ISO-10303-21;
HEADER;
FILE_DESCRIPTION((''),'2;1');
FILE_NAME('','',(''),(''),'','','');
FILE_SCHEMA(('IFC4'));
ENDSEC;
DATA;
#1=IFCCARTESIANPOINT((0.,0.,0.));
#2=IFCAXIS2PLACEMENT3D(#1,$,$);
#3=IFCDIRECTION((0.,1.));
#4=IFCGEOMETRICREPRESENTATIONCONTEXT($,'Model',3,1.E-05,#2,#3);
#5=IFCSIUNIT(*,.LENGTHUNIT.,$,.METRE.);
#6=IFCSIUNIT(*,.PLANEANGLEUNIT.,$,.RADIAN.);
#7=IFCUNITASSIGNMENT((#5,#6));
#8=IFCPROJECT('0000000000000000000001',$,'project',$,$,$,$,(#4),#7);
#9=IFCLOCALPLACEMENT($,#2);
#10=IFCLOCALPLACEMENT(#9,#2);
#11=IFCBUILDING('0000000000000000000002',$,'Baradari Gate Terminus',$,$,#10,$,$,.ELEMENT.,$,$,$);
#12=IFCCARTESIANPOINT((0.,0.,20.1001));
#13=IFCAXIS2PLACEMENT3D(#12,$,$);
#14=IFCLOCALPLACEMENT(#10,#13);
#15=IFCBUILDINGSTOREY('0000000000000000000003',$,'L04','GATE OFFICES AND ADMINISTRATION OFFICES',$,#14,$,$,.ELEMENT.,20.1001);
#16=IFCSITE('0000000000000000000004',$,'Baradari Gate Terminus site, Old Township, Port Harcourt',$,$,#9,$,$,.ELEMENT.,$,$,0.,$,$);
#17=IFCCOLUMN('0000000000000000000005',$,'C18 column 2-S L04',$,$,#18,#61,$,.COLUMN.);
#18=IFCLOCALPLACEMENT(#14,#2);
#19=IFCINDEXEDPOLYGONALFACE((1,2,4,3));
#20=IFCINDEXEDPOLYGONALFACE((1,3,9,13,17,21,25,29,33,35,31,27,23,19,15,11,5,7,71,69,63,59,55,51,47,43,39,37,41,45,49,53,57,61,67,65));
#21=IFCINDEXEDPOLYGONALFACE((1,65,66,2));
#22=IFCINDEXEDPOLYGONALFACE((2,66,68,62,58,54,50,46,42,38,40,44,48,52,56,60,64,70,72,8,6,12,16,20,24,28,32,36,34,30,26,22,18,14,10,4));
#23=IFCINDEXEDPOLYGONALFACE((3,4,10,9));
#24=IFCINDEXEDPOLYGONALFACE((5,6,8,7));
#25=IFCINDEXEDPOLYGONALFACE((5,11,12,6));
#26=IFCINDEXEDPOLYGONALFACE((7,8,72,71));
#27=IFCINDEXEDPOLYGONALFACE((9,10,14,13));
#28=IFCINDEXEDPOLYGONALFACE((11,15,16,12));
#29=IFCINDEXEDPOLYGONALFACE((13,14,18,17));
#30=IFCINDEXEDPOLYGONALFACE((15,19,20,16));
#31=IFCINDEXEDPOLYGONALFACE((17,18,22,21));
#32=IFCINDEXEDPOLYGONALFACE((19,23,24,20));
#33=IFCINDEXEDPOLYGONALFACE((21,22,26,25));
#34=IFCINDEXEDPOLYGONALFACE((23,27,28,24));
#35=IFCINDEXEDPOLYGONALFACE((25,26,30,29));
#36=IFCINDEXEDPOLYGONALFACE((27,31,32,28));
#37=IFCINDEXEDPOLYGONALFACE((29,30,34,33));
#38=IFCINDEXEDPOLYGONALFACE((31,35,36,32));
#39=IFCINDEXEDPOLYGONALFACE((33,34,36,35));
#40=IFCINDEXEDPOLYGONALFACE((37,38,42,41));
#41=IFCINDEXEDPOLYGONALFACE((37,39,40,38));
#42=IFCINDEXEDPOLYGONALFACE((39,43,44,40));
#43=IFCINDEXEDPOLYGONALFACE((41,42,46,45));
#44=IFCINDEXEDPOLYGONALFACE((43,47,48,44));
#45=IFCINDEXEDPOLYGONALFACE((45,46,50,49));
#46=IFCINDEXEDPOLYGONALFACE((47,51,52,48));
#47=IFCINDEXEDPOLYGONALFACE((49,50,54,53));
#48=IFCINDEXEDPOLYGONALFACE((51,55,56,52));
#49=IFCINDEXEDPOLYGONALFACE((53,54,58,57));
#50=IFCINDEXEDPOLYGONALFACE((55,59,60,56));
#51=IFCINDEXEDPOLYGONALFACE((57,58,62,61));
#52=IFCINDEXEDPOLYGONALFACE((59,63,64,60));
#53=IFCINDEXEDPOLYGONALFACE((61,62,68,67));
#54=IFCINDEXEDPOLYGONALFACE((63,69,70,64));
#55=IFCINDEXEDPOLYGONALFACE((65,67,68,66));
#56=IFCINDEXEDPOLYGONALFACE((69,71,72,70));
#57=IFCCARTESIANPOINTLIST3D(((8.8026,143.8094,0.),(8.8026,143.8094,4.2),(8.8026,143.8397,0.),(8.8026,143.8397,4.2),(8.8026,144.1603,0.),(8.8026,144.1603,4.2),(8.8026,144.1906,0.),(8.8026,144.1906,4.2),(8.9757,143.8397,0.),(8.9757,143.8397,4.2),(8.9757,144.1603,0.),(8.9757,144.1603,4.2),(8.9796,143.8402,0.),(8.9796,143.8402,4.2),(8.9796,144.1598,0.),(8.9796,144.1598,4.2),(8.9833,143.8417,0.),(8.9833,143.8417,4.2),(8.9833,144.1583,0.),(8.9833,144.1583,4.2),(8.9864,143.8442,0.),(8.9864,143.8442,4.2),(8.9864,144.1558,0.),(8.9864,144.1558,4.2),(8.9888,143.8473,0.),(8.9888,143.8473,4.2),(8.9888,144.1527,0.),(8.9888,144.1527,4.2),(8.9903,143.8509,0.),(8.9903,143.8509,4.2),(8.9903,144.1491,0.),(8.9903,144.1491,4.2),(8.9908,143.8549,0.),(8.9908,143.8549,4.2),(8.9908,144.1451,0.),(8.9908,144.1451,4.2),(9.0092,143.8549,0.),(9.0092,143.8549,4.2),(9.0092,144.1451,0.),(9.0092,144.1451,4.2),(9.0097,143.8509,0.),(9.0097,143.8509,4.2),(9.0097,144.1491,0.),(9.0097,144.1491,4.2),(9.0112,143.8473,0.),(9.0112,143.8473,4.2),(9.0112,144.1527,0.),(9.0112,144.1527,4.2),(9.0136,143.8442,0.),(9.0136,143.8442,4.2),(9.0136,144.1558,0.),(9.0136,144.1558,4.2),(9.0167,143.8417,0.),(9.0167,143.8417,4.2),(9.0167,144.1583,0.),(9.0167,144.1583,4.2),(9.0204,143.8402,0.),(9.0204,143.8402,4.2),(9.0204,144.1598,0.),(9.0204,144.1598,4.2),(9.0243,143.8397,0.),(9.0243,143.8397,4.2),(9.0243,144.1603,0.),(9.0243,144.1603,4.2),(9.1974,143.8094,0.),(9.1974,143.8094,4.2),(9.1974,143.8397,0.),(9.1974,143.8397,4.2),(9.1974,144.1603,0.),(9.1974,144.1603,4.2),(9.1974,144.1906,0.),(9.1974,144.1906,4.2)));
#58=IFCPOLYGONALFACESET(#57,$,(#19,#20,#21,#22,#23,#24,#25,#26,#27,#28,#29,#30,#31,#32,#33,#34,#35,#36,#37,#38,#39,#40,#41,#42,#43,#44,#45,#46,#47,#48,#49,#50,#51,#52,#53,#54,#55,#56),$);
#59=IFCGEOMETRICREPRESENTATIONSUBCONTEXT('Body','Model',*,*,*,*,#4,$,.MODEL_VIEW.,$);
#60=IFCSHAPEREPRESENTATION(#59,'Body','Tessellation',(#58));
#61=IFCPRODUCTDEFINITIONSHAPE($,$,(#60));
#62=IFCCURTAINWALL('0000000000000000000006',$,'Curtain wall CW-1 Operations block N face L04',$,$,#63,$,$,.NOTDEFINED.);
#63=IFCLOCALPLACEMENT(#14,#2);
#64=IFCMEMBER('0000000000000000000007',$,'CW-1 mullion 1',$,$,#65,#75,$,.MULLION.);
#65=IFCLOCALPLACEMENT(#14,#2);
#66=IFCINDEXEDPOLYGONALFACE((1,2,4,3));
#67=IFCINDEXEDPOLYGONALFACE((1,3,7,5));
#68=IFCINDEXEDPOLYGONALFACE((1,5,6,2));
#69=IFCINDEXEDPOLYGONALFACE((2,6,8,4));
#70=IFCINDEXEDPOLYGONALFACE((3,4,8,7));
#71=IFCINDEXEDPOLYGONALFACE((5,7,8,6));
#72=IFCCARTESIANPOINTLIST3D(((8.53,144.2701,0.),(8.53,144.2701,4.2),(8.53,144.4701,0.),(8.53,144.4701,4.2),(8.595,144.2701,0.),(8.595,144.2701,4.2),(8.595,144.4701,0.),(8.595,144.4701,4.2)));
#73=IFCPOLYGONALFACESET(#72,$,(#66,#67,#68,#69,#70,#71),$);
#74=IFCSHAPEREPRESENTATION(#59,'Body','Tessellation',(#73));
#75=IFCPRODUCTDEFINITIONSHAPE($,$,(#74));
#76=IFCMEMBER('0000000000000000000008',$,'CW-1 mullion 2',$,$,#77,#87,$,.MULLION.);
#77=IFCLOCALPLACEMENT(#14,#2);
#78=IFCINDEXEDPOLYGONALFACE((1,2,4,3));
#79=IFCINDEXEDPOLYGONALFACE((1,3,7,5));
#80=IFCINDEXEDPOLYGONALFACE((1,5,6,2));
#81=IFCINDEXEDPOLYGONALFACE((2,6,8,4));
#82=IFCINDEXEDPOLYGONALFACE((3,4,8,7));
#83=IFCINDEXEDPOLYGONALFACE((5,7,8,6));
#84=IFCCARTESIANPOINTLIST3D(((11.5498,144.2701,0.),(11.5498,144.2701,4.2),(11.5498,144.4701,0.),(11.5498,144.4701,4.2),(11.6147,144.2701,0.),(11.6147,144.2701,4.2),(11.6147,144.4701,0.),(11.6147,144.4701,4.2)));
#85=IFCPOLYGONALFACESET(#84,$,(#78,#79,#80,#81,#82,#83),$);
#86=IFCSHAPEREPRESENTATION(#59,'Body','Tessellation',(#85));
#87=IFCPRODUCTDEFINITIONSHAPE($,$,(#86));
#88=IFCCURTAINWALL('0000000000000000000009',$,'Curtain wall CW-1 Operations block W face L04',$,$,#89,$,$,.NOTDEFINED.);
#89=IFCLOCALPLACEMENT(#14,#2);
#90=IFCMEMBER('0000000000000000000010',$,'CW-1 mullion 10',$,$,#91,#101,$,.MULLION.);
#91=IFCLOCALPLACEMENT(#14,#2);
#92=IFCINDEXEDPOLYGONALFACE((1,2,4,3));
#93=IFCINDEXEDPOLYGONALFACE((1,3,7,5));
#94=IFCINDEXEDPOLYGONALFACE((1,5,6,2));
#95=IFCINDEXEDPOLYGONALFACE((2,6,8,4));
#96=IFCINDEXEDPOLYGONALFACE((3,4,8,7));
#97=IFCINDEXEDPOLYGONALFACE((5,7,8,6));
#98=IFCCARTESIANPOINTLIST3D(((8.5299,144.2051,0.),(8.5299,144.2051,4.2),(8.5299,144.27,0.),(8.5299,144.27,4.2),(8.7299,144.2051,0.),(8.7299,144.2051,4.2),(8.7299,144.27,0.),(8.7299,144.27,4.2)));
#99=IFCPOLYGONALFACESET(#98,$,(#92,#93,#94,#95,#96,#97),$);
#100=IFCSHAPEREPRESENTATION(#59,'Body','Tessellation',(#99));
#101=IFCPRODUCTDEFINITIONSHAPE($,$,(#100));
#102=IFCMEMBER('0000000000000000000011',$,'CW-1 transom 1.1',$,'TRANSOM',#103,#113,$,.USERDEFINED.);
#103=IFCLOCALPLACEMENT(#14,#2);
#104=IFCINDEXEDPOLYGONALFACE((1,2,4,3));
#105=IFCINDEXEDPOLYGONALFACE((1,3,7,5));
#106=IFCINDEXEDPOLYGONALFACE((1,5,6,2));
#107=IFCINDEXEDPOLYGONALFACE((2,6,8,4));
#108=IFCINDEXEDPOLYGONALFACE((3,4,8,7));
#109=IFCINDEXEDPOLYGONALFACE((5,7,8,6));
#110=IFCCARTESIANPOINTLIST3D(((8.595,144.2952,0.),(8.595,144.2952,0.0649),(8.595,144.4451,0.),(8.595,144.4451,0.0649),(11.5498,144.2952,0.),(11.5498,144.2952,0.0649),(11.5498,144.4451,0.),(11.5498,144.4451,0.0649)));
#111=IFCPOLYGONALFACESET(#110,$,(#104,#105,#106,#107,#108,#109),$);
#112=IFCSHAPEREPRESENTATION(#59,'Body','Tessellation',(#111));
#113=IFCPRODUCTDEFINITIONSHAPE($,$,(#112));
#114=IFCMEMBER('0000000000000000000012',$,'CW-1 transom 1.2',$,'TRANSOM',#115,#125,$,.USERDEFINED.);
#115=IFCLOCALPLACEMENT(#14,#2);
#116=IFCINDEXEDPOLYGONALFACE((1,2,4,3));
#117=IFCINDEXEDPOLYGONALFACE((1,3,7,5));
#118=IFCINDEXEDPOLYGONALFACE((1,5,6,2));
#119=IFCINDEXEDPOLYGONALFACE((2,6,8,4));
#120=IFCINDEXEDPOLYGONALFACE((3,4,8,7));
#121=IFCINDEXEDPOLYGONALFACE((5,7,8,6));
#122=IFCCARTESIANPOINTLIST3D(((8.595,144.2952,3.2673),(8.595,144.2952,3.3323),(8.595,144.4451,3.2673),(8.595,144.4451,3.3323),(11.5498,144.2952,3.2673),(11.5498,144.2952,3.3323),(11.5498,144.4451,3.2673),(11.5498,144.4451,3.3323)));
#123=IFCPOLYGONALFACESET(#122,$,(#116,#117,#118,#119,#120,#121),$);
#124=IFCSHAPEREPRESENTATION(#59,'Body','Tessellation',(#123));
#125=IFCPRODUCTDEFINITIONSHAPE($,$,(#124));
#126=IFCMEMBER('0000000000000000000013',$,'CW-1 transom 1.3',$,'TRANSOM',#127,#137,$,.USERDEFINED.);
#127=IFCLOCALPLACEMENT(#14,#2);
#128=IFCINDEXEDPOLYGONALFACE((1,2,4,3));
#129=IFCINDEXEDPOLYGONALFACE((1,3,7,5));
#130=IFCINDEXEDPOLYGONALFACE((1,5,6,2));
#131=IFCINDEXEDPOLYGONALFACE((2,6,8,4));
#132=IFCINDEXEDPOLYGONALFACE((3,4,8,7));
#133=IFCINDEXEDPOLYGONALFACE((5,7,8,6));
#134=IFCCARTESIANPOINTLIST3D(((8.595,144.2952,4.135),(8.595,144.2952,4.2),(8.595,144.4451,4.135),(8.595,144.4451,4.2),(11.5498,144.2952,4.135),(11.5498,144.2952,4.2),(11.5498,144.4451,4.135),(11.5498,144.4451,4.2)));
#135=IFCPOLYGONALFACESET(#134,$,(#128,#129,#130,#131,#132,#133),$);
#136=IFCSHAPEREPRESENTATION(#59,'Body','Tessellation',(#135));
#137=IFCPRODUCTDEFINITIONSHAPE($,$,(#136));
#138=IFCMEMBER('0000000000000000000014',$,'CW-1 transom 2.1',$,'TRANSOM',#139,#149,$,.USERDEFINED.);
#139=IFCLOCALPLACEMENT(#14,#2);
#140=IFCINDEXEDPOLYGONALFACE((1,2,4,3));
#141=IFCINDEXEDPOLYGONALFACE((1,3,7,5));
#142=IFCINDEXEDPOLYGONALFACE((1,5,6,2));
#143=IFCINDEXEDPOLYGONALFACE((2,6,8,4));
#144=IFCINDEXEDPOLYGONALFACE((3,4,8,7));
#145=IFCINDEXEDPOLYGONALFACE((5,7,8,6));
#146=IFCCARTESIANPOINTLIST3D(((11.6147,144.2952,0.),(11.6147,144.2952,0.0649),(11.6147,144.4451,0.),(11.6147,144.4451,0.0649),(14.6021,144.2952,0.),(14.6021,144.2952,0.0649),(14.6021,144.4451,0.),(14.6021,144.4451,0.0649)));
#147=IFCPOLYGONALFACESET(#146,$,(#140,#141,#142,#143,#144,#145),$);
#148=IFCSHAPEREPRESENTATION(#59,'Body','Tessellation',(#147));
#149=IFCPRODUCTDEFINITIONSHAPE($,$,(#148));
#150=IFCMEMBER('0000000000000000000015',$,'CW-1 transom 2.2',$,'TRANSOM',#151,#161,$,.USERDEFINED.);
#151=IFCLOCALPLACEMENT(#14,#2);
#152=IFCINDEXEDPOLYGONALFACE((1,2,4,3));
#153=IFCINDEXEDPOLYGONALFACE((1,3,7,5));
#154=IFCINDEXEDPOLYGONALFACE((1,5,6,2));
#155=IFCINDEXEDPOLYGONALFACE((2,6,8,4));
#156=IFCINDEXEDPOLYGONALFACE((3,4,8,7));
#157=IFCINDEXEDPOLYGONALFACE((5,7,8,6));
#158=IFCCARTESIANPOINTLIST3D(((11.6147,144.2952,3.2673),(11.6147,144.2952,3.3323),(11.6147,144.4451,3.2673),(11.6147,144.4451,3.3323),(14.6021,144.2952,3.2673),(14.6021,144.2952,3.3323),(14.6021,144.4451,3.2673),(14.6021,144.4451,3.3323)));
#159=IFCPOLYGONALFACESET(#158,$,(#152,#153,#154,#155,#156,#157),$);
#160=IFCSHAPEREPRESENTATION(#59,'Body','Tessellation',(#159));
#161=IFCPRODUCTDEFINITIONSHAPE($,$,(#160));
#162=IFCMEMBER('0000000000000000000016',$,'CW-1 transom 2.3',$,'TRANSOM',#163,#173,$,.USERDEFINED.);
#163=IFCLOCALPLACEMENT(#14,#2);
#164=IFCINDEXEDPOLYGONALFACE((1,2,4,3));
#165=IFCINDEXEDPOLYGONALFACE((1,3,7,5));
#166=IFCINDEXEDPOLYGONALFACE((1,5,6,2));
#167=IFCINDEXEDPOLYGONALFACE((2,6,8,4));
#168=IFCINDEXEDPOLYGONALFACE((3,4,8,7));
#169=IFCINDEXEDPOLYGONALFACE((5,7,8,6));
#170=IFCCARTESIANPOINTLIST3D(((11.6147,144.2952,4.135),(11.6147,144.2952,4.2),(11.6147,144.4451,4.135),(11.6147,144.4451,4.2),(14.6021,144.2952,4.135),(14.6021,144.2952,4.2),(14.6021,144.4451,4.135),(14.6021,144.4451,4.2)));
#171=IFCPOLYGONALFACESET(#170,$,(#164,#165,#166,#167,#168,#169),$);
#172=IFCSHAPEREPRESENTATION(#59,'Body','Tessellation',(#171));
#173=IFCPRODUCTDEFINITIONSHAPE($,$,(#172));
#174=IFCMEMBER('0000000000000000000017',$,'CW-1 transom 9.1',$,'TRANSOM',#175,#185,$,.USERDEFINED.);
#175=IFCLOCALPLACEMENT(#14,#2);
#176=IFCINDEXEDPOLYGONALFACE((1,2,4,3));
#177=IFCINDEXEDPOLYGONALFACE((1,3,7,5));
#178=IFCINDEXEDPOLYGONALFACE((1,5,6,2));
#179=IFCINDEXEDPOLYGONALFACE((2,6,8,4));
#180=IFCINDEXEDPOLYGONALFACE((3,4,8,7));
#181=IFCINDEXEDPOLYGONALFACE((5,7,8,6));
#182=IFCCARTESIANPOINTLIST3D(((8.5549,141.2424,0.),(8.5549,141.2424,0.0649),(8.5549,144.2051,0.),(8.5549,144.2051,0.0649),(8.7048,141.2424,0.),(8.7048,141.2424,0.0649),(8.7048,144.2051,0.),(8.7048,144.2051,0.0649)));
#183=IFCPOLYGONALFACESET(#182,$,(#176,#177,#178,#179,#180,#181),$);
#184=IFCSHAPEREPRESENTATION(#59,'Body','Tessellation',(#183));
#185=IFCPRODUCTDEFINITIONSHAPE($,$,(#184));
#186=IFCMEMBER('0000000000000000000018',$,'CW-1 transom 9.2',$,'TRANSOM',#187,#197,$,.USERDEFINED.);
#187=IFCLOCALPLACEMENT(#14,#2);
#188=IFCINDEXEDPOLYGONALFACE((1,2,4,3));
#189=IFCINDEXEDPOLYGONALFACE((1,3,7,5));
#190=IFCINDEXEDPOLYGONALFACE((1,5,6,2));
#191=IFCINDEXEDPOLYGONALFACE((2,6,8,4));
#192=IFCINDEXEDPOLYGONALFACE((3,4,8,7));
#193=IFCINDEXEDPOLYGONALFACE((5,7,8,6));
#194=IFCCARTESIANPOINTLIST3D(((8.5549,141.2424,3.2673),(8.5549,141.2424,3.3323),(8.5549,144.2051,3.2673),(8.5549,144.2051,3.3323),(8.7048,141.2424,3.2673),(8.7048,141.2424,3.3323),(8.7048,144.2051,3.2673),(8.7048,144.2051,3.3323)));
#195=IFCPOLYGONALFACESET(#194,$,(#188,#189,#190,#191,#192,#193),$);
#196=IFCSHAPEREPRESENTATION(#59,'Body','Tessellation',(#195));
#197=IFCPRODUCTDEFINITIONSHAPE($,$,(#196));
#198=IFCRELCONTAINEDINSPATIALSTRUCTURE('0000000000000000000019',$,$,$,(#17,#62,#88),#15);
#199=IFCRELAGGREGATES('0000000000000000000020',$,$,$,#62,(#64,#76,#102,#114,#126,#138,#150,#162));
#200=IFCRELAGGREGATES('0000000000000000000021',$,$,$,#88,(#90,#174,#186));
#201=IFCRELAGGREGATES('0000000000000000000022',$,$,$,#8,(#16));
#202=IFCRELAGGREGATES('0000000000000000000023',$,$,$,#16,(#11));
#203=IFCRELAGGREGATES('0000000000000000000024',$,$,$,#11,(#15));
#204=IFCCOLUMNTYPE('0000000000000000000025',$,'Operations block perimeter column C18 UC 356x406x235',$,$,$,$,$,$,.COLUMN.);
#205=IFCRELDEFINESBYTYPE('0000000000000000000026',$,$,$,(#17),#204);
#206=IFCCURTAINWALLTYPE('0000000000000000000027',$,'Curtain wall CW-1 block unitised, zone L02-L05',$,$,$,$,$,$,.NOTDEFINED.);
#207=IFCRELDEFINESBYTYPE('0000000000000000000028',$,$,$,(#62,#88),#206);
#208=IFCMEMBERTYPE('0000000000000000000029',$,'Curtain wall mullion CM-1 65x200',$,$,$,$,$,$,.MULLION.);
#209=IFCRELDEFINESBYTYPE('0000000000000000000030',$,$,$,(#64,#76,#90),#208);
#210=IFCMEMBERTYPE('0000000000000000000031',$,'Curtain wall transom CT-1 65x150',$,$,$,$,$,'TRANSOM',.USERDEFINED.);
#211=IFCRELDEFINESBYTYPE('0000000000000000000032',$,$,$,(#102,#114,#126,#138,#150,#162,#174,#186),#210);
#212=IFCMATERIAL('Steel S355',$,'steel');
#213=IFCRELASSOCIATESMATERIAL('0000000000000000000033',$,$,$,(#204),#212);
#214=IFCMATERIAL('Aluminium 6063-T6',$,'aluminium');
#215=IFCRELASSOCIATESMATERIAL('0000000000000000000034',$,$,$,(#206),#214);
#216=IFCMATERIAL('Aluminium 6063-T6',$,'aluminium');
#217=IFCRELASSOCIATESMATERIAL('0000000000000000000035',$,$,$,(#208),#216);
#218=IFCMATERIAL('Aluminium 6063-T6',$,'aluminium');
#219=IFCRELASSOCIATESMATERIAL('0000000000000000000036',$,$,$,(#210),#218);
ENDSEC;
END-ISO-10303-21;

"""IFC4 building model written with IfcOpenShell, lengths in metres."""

from ifc_helpers import new_model, si_unit, direction, frame, origin, origin_2d, place, context, subcontext, project, spatial, rectangle, i_section, extrude, material, material_profile, profile_set, type_object, element, aggregate, save


model = new_model("IFC4")

# Units and contexts
model_context = context("Model", 3, precision=1e-05, world=origin(), true_north=direction((0.0, 1.0)))
body_context = subcontext(model_context, "Body", "Model", "MODEL_VIEW")
ifc_project = project(units=[si_unit("LENGTHUNIT", "METRE"), si_unit("PLANEANGLEUNIT", "RADIAN")], contexts=[model_context])

# Site, building, storey
site_placement = place(None, origin())
site = spatial("IfcSite", under=ifc_project, at=site_placement, Name="Baradari Gate Terminus site, Old Township, Port Harcourt", CompositionType="ELEMENT", RefElevation=0.0)
building_placement = place(site_placement, origin())
building = spatial("IfcBuilding", under=site, at=building_placement, Name="Baradari Gate Terminus", CompositionType="ELEMENT")
storey_placement = place(building_placement, frame((0.0, 0.0, 20.1001)))
storey = spatial("IfcBuildingStorey", under=building, at=storey_placement, Name="L04", Description="GATE OFFICES AND ADMINISTRATION OFFICES", CompositionType="ELEMENT", Elevation=20.1001)

# Column
ifc_material_1 = material(Name="Steel S355", Category="steel")
ifc_material_profile_1 = material_profile(ifc_material_1, i_section(OverallWidth=0.3948, OverallDepth=0.3811, WebThickness=0.0183, FlangeThickness=0.0303, FilletRadius=0.0151, at=origin_2d()), Name="UC 356x406x235")
ifc_profile_set_1 = profile_set([ifc_material_profile_1], Name="Steel S355")
column_type = type_object("IfcColumnType", Name="Operations block perimeter column C18 UC 356x406x235", PredefinedType="COLUMN", material=ifc_profile_set_1)
column_placement = place(storey_placement, frame((9.0, 144.0, 0.0), z_axis=(0.0, 0.0, 1.0), x_axis=(1.0, 0.0, 0.0)))
element("IfcColumn", 1, at=column_placement, inside=storey, type_object=column_type, Name="C18 column 2-S L04", PredefinedType="COLUMN", context=body_context, shape_type="SweptSolid", body=[
    extrude(i_section(OverallWidth=0.3948, OverallDepth=0.3811, WebThickness=0.0183, FlangeThickness=0.0303, FilletRadius=0.0151, at=origin_2d()), origin(), (0.0, 0.0, 1.0), 4.2),
])

# Curtain wall, members
ifc_material_2 = material(Name="Aluminium 6063-T6", Category="aluminium")
curtain_wall_type = type_object("IfcCurtainWallType", Name="Curtain wall CW-1 block unitised, zone L02-L05", PredefinedType="NOTDEFINED", material=ifc_material_2)
curtain_wall_1_placement = place(storey_placement, origin())
curtain_wall_1 = element("IfcCurtainWall", 2, at=curtain_wall_1_placement, inside=storey, type_object=curtain_wall_type, Name="Curtain wall CW-1 Operations block N face L04", PredefinedType="NOTDEFINED")
ifc_material_3 = material(Name="Aluminium 6063-T6", Category="aluminium")
ifc_material_profile_2 = material_profile(ifc_material_3, rectangle(XDim=0.2, YDim=0.0649, at=origin_2d()), Name="CM-1 65X200")
ifc_profile_set_2 = profile_set([ifc_material_profile_2], Name="Aluminium 6063-T6")
member_type_1 = type_object("IfcMemberType", Name="Curtain wall mullion CM-1 65x200", PredefinedType="MULLION", material=ifc_profile_set_2)
member_1_placement = place(storey_placement, frame((8.5625, 144.3701, 0.0), z_axis=(0.0, 0.0, 1.0), x_axis=(0.0, 1.0, 0.0)))
member_1 = element("IfcMember", 3, at=member_1_placement, type_object=member_type_1, Name="CW-1 mullion 1", PredefinedType="MULLION", context=body_context, shape_type="SweptSolid", body=[
    extrude(rectangle(XDim=0.2, YDim=0.0649, at=origin_2d()), origin(), (0.0, 0.0, 1.0), 4.2),
])
member_2_placement = place(storey_placement, frame((11.5823, 144.3701, 0.0), z_axis=(0.0, 0.0, 1.0), x_axis=(0.0, 1.0, 0.0)))
member_2 = element("IfcMember", 4, at=member_2_placement, type_object=member_type_1, Name="CW-1 mullion 2", PredefinedType="MULLION", context=body_context, shape_type="SweptSolid", body=[
    extrude(rectangle(XDim=0.2, YDim=0.0649, at=origin_2d()), origin(), (0.0, 0.0, 1.0), 4.2),
])

# Curtain wall, member
curtain_wall_2_placement = place(storey_placement, origin())
curtain_wall_2 = element("IfcCurtainWall", 5, at=curtain_wall_2_placement, inside=storey, type_object=curtain_wall_type, Name="Curtain wall CW-1 Operations block W face L04", PredefinedType="NOTDEFINED")
member_3_placement = place(storey_placement, frame((8.6299, 144.2375, 0.0), z_axis=(0.0, 0.0, 1.0), x_axis=(-1.0, 0.0, 0.0)))
member_3 = element("IfcMember", 6, at=member_3_placement, type_object=member_type_1, Name="CW-1 mullion 10", PredefinedType="MULLION", context=body_context, shape_type="SweptSolid", body=[
    extrude(rectangle(XDim=0.2, YDim=0.0649, at=origin_2d()), origin(), (0.0, 0.0, 1.0), 4.2),
])

# Members
ifc_material_4 = material(Name="Aluminium 6063-T6", Category="aluminium")
ifc_material_profile_3 = material_profile(ifc_material_4, rectangle(XDim=0.1499, YDim=0.0649, at=origin_2d()), Name="CT-1 65X150")
ifc_profile_set_3 = profile_set([ifc_material_profile_3], Name="Aluminium 6063-T6")
member_type_2 = type_object("IfcMemberType", Name="Curtain wall transom CT-1 65x150", ElementType="TRANSOM", PredefinedType="USERDEFINED", material=ifc_profile_set_3)
member_4_placement = place(storey_placement, frame((8.595, 144.3701, 0.0325), z_axis=(1.0, 0.0, 0.0), x_axis=(0.0, 1.0, 0.0)))
member_4 = element("IfcMember", 7, at=member_4_placement, type_object=member_type_2, Name="CW-1 transom 1.1", ObjectType="TRANSOM", PredefinedType="USERDEFINED", context=body_context, shape_type="SweptSolid", body=[
    extrude(rectangle(XDim=0.1499, YDim=0.0649, at=origin_2d()), origin(), (0.0, 0.0, 1.0), 2.9548),
])
member_5_placement = place(storey_placement, frame((8.595, 144.3701, 3.2998), z_axis=(1.0, 0.0, 0.0), x_axis=(0.0, 1.0, 0.0)))
member_5 = element("IfcMember", 8, at=member_5_placement, type_object=member_type_2, Name="CW-1 transom 1.2", ObjectType="TRANSOM", PredefinedType="USERDEFINED", context=body_context, shape_type="SweptSolid", body=[
    extrude(rectangle(XDim=0.1499, YDim=0.0649, at=origin_2d()), origin(), (0.0, 0.0, 1.0), 2.9548),
])
member_6_placement = place(storey_placement, frame((8.595, 144.3701, 4.1675), z_axis=(1.0, 0.0, 0.0), x_axis=(0.0, 1.0, 0.0)))
member_6 = element("IfcMember", 9, at=member_6_placement, type_object=member_type_2, Name="CW-1 transom 1.3", ObjectType="TRANSOM", PredefinedType="USERDEFINED", context=body_context, shape_type="SweptSolid", body=[
    extrude(rectangle(XDim=0.1499, YDim=0.0649, at=origin_2d()), origin(), (0.0, 0.0, 1.0), 2.9548),
])
member_7_placement = place(storey_placement, frame((11.6147, 144.3701, 0.0325), z_axis=(1.0, 0.0, 0.0), x_axis=(0.0, 1.0, 0.0)))
member_7 = element("IfcMember", 10, at=member_7_placement, type_object=member_type_2, Name="CW-1 transom 2.1", ObjectType="TRANSOM", PredefinedType="USERDEFINED", context=body_context, shape_type="SweptSolid", body=[
    extrude(rectangle(XDim=0.1499, YDim=0.0649, at=origin_2d()), origin(), (0.0, 0.0, 1.0), 2.9873),
])
member_8_placement = place(storey_placement, frame((11.6147, 144.3701, 3.2998), z_axis=(1.0, 0.0, 0.0), x_axis=(0.0, 1.0, 0.0)))
member_8 = element("IfcMember", 11, at=member_8_placement, type_object=member_type_2, Name="CW-1 transom 2.2", ObjectType="TRANSOM", PredefinedType="USERDEFINED", context=body_context, shape_type="SweptSolid", body=[
    extrude(rectangle(XDim=0.1499, YDim=0.0649, at=origin_2d()), origin(), (0.0, 0.0, 1.0), 2.9873),
])
member_9_placement = place(storey_placement, frame((11.6147, 144.3701, 4.1675), z_axis=(1.0, 0.0, 0.0), x_axis=(0.0, 1.0, 0.0)))
member_9 = element("IfcMember", 12, at=member_9_placement, type_object=member_type_2, Name="CW-1 transom 2.3", ObjectType="TRANSOM", PredefinedType="USERDEFINED", context=body_context, shape_type="SweptSolid", body=[
    extrude(rectangle(XDim=0.1499, YDim=0.0649, at=origin_2d()), origin(), (0.0, 0.0, 1.0), 2.9873),
])
member_10_placement = place(storey_placement, frame((8.6299, 141.2424, 0.0325), z_axis=(0.0, 1.0, 0.0), x_axis=(-1.0, 0.0, 0.0)))
member_10 = element("IfcMember", 13, at=member_10_placement, type_object=member_type_2, Name="CW-1 transom 9.1", ObjectType="TRANSOM", PredefinedType="USERDEFINED", context=body_context, shape_type="SweptSolid", body=[
    extrude(rectangle(XDim=0.1499, YDim=0.0649, at=origin_2d()), origin(), (0.0, 0.0, 1.0), 2.9626),
])
member_11_placement = place(storey_placement, frame((8.6299, 141.2424, 3.2998), z_axis=(0.0, 1.0, 0.0), x_axis=(-1.0, 0.0, 0.0)))
member_11 = element("IfcMember", 14, at=member_11_placement, type_object=member_type_2, Name="CW-1 transom 9.2", ObjectType="TRANSOM", PredefinedType="USERDEFINED", context=body_context, shape_type="SweptSolid", body=[
    extrude(rectangle(XDim=0.1499, YDim=0.0649, at=origin_2d()), origin(), (0.0, 0.0, 1.0), 2.9626),
])

aggregate(curtain_wall_1, [member_1, member_2, member_4, member_5, member_6, member_7, member_8, member_9])
aggregate(curtain_wall_2, [member_3, member_10, member_11])

save(model, "model.ifc")
